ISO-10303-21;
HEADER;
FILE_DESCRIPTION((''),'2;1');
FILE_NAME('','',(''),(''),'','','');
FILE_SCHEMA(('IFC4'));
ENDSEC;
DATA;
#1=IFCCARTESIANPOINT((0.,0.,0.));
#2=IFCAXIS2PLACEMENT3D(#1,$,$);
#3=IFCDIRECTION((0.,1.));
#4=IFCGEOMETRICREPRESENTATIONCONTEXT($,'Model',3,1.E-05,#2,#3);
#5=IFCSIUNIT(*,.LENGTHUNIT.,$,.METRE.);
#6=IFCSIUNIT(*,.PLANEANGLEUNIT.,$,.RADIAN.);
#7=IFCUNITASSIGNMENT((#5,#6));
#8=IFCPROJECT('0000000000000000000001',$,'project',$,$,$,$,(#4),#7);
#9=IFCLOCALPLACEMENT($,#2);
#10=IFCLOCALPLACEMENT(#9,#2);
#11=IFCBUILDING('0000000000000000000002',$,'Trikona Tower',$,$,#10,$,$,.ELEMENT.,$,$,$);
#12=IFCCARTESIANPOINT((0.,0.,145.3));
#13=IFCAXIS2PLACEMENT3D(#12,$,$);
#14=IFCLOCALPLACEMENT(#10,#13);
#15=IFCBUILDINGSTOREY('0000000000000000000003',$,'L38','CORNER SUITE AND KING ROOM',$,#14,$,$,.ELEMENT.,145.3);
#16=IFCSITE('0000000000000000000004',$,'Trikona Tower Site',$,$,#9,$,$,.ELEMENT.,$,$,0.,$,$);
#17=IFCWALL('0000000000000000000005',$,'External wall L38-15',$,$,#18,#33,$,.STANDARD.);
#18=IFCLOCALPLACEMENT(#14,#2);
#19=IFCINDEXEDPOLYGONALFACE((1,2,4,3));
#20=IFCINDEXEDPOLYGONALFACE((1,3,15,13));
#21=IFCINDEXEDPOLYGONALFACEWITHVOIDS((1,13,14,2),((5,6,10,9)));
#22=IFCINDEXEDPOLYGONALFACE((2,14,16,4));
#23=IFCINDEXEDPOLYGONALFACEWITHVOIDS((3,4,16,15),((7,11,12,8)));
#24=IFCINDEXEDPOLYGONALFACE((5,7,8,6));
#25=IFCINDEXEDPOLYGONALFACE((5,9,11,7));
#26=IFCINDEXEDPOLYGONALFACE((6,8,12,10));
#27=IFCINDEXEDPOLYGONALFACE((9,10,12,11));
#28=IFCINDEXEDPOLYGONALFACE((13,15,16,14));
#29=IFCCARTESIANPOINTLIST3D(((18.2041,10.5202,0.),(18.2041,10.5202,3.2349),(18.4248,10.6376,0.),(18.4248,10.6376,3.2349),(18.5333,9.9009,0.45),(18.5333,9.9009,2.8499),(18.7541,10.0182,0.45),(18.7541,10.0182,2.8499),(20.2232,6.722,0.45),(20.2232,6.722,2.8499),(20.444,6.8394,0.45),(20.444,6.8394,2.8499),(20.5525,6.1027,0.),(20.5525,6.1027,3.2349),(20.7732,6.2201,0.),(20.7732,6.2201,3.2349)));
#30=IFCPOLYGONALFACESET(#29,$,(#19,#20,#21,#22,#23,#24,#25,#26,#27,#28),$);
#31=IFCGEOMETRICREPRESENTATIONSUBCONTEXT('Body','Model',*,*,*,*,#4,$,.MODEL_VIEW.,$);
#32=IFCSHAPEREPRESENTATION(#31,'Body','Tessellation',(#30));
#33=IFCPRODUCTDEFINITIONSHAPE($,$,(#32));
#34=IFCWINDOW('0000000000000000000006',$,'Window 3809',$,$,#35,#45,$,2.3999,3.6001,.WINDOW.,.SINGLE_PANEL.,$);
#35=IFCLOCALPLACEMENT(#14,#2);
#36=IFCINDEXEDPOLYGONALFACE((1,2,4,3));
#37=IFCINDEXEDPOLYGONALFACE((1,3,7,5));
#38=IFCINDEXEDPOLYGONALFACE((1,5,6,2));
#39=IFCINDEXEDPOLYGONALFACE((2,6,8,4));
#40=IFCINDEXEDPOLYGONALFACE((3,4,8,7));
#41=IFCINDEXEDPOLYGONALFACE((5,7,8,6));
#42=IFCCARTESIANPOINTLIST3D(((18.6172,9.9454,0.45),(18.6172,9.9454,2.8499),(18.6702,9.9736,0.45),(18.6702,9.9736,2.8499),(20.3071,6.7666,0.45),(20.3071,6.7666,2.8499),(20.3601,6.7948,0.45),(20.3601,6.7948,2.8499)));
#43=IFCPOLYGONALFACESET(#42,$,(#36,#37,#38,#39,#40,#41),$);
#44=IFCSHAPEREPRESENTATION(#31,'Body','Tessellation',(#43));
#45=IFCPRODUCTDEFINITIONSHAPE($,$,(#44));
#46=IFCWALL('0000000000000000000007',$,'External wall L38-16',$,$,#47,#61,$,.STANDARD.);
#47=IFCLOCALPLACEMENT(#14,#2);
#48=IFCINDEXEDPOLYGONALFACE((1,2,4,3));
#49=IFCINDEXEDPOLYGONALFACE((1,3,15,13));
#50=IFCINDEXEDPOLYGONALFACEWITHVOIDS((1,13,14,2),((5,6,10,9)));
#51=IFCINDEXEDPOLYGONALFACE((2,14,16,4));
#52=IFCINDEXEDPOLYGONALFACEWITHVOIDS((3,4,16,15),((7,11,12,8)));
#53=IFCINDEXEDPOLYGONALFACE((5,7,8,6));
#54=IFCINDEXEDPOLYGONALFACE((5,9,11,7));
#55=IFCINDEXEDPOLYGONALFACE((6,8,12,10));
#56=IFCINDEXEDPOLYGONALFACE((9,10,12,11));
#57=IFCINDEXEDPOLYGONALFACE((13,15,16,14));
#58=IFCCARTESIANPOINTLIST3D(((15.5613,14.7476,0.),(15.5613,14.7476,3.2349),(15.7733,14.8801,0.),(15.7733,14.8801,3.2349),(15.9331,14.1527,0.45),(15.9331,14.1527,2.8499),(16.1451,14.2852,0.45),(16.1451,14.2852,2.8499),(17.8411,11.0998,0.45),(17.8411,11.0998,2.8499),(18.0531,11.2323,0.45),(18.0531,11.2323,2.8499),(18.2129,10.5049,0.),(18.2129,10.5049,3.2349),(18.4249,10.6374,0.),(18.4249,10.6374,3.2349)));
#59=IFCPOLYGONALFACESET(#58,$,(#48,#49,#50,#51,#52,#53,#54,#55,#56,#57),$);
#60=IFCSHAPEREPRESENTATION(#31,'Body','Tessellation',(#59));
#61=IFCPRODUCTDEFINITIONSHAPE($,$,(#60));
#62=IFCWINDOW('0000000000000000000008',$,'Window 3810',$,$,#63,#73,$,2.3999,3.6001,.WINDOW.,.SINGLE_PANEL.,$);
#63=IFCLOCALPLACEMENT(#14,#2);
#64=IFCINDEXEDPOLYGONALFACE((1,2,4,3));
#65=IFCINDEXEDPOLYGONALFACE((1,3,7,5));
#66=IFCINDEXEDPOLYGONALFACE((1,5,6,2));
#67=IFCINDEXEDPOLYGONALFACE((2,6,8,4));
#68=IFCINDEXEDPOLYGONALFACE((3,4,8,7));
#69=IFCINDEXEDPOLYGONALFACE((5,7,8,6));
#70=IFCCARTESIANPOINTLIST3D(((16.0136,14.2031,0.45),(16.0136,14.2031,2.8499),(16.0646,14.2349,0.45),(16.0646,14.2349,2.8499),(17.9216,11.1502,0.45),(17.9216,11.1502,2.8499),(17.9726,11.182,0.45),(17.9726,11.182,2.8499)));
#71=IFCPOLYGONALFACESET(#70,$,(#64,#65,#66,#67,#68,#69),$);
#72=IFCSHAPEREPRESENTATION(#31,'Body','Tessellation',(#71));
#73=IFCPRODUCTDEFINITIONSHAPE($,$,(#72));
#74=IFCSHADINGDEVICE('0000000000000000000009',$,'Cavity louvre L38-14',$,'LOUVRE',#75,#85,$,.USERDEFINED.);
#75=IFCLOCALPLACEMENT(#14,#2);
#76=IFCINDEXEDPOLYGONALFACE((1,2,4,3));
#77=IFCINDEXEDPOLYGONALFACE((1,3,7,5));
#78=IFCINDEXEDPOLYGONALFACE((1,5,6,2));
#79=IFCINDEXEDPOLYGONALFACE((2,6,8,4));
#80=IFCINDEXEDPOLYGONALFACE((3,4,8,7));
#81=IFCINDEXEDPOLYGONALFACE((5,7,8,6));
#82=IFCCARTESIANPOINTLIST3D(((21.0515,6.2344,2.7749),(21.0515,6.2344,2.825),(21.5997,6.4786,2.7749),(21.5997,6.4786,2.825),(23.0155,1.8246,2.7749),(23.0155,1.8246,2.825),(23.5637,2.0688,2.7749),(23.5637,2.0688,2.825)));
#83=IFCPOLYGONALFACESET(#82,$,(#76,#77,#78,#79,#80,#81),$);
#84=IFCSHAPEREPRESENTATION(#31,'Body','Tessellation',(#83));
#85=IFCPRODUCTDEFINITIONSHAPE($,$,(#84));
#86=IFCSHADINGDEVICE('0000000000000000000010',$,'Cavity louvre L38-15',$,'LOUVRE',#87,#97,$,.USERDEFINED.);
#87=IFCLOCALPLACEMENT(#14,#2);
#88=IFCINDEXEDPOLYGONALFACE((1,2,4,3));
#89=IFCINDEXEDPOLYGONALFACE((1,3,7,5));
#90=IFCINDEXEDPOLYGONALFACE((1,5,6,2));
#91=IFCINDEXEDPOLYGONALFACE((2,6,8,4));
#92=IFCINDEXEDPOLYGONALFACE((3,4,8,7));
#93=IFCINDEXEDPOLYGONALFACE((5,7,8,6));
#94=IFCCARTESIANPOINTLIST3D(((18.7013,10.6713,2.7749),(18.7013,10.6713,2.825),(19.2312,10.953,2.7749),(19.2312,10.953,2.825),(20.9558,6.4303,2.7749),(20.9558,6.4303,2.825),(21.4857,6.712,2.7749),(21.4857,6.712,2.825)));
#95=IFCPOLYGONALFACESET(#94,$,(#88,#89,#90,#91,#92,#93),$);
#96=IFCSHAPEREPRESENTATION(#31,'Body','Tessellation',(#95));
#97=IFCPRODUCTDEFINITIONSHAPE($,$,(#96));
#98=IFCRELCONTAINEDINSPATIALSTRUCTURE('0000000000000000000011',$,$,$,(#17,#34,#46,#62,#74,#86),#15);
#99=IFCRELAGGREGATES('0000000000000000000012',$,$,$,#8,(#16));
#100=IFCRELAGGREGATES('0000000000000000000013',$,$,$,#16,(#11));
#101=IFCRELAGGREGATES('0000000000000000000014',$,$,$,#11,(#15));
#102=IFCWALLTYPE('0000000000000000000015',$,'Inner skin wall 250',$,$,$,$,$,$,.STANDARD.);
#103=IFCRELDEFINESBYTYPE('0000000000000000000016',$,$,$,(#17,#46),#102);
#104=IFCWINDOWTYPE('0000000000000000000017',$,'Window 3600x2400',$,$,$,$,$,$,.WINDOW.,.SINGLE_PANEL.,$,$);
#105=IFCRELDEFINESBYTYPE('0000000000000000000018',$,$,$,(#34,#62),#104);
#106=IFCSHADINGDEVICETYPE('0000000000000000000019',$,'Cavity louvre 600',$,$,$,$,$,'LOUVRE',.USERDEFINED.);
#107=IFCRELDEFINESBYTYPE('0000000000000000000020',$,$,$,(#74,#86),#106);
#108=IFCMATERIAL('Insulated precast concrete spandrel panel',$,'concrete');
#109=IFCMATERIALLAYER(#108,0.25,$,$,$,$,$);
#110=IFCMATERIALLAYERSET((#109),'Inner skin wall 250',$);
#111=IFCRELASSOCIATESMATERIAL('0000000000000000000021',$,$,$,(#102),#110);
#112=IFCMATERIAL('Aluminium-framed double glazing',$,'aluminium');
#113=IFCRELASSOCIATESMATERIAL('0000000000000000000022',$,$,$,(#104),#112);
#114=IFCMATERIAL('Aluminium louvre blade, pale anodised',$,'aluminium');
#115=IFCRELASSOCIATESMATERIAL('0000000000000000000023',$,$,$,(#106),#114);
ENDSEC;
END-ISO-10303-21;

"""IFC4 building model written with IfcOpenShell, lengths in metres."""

from ifc_helpers import new_model, si_unit, direction, frame, frame_2d, origin, origin_2d, place, context, subcontext, project, spatial, rectangle, extrude, material, layer, layer_set, type_object, element, fill, save


model = new_model("IFC4")

# Units and contexts
model_context = context("Model", 3, precision=1e-05, world=origin(), true_north=direction((0.0, 1.0)))
body_context = subcontext(model_context, "Body", "Model", "MODEL_VIEW")
ifc_project = project(units=[si_unit("LENGTHUNIT", "METRE"), si_unit("PLANEANGLEUNIT", "RADIAN")], contexts=[model_context])

# Site, building, storey
site_placement = place(None, origin())
site = spatial("IfcSite", under=ifc_project, at=site_placement, Name="Trikona Tower Site", CompositionType="ELEMENT", RefElevation=0.0)
building_placement = place(site_placement, origin())
building = spatial("IfcBuilding", under=site, at=building_placement, Name="Trikona Tower", CompositionType="ELEMENT")
storey_placement = place(building_placement, frame((0.0, 0.0, 145.3)))
storey = spatial("IfcBuildingStorey", under=building, at=storey_placement, Name="L38", Description="CORNER SUITE AND KING ROOM", CompositionType="ELEMENT", Elevation=145.3)

# Walls, openings, windows
ifc_material_1 = material(Name="Insulated precast concrete spandrel panel", Category="concrete")
ifc_layer_1 = layer(ifc_material_1, 0.25)
ifc_layer_set_1 = layer_set([ifc_layer_1], Name="Inner skin wall 250")
wall_type_1 = type_object("IfcWallType", Name="Inner skin wall 250", PredefinedType="STANDARD", material=ifc_layer_set_1)
ifc_material_2 = material(Name="Aluminium-framed double glazing", Category="aluminium")
window_type = type_object("IfcWindowType", Name="Window 3600x2400", PartitioningType="SINGLE_PANEL", PredefinedType="WINDOW", material=ifc_material_2)
wall_1_placement = place(storey_placement, frame((20.6628, 6.1614, 0.0), z_axis=(0.0, 0.0, 1.0), x_axis=(-0.469405, 0.882983, 0.0)))
wall_1 = element("IfcWall", 1, at=wall_1_placement, inside=storey, type_object=wall_type_1, Name="External wall L38-15", PredefinedType="STANDARD", context=body_context, shape_type="SweptSolid", body=[
    extrude(rectangle(XDim=5.0029, YDim=0.25, at=frame_2d((2.5015, 0.0))), origin(), (0.0, 0.0, 1.0), 3.2349),
])
opening_1_placement = place(wall_1_placement, frame((0.7014, 0.0, 0.45)))
opening_1 = element("IfcOpeningElement", 2, at=opening_1_placement, cuts=wall_1, PredefinedType="OPENING", context=body_context, shape_type="SweptSolid", body=[
    extrude(rectangle(XDim=3.6001, YDim=2.3999, at=frame_2d((1.8, 1.2))), frame((0.0, 0.135, 0.0), z_axis=(0.0, -1.0, 0.0), x_axis=(1.0, 0.0, 0.0)), (0.0, 0.0, 1.0), 0.27),
])
window_1_placement = place(opening_1_placement, origin())
window_1 = element("IfcWindow", 3, at=window_1_placement, inside=storey, type_object=window_type, Name="Window 3809", OverallHeight=2.3999, OverallWidth=3.6001, PartitioningType="SINGLE_PANEL", PredefinedType="WINDOW", context=body_context, shape_type="SweptSolid", body=[
    extrude(rectangle(XDim=3.6001, YDim=2.3999, at=frame_2d((1.8, 1.2))), frame((0.0, 0.03, 0.0), z_axis=(0.0, -1.0, 0.0), x_axis=(1.0, 0.0, 0.0)), (0.0, 0.0, 1.0), 0.0601),
])
fill(opening_1, window_1)
wall_2_placement = place(storey_placement, frame((18.3188, 10.5713, 0.0), z_axis=(0.0, 0.0, 1.0), x_axis=(-0.52999, 0.848004, 0.0)))
wall_2 = element("IfcWall", 4, at=wall_2_placement, inside=storey, type_object=wall_type_1, Name="External wall L38-16", PredefinedType="STANDARD", context=body_context, shape_type="SweptSolid", body=[
    extrude(rectangle(XDim=5.0032, YDim=0.25, at=frame_2d((2.5015, 0.0))), origin(), (0.0, 0.0, 1.0), 3.2349),
])
opening_2_placement = place(wall_2_placement, frame((0.7014, 0.0, 0.45)))
opening_2 = element("IfcOpeningElement", 5, at=opening_2_placement, cuts=wall_2, PredefinedType="OPENING", context=body_context, shape_type="SweptSolid", body=[
    extrude(rectangle(XDim=3.6001, YDim=2.3999, at=frame_2d((1.8, 1.2))), frame((0.0, 0.135, 0.0), z_axis=(0.0, -1.0, 0.0), x_axis=(1.0, 0.0, 0.0)), (0.0, 0.0, 1.0), 0.27),
])
window_2_placement = place(opening_2_placement, origin())
window_2 = element("IfcWindow", 6, at=window_2_placement, inside=storey, type_object=window_type, Name="Window 3810", OverallHeight=2.3999, OverallWidth=3.6001, PartitioningType="SINGLE_PANEL", PredefinedType="WINDOW", context=body_context, shape_type="SweptSolid", body=[
    extrude(rectangle(XDim=3.6001, YDim=2.3999, at=frame_2d((1.8, 1.2))), frame((0.0, 0.03, 0.0), z_axis=(0.0, -1.0, 0.0), x_axis=(1.0, 0.0, 0.0)), (0.0, 0.0, 1.0), 0.0601),
])
fill(opening_2, window_2)

# Shading devices
ifc_material_3 = material(Name="Aluminium louvre blade, pale anodised", Category="aluminium")
shading_device_type = type_object("IfcShadingDeviceType", Name="Cavity louvre 600", ElementType="LOUVRE", PredefinedType="USERDEFINED", material=ifc_material_3)
shading_device_1_placement = place(storey_placement, frame((22.3076, 4.1516, 2.7749), z_axis=(0.0, 0.0, 1.0), x_axis=(-0.406843, 0.913498, 0.0)))
element("IfcShadingDevice", 7, at=shading_device_1_placement, inside=storey, type_object=shading_device_type, Name="Cavity louvre L38-14", ObjectType="LOUVRE", PredefinedType="USERDEFINED", context=body_context, shape_type="SweptSolid", body=[
    extrude(rectangle(XDim=4.8274, YDim=0.6001, at=origin_2d()), origin(), (0.0, 0.0, 1.0), 0.05),
])
shading_device_2_placement = place(storey_placement, frame((20.0935, 8.6917, 2.7749), z_axis=(0.0, 0.0, 1.0), x_axis=(-0.469398, 0.882987, 0.0)))
element("IfcShadingDevice", 8, at=shading_device_2_placement, inside=storey, type_object=shading_device_type, Name="Cavity louvre L38-15", ObjectType="LOUVRE", PredefinedType="USERDEFINED", context=body_context, shape_type="SweptSolid", body=[
    extrude(rectangle(XDim=4.803, YDim=0.6001, at=origin_2d()), origin(), (0.0, 0.0, 1.0), 0.05),
])

save(model, "model.ifc")
